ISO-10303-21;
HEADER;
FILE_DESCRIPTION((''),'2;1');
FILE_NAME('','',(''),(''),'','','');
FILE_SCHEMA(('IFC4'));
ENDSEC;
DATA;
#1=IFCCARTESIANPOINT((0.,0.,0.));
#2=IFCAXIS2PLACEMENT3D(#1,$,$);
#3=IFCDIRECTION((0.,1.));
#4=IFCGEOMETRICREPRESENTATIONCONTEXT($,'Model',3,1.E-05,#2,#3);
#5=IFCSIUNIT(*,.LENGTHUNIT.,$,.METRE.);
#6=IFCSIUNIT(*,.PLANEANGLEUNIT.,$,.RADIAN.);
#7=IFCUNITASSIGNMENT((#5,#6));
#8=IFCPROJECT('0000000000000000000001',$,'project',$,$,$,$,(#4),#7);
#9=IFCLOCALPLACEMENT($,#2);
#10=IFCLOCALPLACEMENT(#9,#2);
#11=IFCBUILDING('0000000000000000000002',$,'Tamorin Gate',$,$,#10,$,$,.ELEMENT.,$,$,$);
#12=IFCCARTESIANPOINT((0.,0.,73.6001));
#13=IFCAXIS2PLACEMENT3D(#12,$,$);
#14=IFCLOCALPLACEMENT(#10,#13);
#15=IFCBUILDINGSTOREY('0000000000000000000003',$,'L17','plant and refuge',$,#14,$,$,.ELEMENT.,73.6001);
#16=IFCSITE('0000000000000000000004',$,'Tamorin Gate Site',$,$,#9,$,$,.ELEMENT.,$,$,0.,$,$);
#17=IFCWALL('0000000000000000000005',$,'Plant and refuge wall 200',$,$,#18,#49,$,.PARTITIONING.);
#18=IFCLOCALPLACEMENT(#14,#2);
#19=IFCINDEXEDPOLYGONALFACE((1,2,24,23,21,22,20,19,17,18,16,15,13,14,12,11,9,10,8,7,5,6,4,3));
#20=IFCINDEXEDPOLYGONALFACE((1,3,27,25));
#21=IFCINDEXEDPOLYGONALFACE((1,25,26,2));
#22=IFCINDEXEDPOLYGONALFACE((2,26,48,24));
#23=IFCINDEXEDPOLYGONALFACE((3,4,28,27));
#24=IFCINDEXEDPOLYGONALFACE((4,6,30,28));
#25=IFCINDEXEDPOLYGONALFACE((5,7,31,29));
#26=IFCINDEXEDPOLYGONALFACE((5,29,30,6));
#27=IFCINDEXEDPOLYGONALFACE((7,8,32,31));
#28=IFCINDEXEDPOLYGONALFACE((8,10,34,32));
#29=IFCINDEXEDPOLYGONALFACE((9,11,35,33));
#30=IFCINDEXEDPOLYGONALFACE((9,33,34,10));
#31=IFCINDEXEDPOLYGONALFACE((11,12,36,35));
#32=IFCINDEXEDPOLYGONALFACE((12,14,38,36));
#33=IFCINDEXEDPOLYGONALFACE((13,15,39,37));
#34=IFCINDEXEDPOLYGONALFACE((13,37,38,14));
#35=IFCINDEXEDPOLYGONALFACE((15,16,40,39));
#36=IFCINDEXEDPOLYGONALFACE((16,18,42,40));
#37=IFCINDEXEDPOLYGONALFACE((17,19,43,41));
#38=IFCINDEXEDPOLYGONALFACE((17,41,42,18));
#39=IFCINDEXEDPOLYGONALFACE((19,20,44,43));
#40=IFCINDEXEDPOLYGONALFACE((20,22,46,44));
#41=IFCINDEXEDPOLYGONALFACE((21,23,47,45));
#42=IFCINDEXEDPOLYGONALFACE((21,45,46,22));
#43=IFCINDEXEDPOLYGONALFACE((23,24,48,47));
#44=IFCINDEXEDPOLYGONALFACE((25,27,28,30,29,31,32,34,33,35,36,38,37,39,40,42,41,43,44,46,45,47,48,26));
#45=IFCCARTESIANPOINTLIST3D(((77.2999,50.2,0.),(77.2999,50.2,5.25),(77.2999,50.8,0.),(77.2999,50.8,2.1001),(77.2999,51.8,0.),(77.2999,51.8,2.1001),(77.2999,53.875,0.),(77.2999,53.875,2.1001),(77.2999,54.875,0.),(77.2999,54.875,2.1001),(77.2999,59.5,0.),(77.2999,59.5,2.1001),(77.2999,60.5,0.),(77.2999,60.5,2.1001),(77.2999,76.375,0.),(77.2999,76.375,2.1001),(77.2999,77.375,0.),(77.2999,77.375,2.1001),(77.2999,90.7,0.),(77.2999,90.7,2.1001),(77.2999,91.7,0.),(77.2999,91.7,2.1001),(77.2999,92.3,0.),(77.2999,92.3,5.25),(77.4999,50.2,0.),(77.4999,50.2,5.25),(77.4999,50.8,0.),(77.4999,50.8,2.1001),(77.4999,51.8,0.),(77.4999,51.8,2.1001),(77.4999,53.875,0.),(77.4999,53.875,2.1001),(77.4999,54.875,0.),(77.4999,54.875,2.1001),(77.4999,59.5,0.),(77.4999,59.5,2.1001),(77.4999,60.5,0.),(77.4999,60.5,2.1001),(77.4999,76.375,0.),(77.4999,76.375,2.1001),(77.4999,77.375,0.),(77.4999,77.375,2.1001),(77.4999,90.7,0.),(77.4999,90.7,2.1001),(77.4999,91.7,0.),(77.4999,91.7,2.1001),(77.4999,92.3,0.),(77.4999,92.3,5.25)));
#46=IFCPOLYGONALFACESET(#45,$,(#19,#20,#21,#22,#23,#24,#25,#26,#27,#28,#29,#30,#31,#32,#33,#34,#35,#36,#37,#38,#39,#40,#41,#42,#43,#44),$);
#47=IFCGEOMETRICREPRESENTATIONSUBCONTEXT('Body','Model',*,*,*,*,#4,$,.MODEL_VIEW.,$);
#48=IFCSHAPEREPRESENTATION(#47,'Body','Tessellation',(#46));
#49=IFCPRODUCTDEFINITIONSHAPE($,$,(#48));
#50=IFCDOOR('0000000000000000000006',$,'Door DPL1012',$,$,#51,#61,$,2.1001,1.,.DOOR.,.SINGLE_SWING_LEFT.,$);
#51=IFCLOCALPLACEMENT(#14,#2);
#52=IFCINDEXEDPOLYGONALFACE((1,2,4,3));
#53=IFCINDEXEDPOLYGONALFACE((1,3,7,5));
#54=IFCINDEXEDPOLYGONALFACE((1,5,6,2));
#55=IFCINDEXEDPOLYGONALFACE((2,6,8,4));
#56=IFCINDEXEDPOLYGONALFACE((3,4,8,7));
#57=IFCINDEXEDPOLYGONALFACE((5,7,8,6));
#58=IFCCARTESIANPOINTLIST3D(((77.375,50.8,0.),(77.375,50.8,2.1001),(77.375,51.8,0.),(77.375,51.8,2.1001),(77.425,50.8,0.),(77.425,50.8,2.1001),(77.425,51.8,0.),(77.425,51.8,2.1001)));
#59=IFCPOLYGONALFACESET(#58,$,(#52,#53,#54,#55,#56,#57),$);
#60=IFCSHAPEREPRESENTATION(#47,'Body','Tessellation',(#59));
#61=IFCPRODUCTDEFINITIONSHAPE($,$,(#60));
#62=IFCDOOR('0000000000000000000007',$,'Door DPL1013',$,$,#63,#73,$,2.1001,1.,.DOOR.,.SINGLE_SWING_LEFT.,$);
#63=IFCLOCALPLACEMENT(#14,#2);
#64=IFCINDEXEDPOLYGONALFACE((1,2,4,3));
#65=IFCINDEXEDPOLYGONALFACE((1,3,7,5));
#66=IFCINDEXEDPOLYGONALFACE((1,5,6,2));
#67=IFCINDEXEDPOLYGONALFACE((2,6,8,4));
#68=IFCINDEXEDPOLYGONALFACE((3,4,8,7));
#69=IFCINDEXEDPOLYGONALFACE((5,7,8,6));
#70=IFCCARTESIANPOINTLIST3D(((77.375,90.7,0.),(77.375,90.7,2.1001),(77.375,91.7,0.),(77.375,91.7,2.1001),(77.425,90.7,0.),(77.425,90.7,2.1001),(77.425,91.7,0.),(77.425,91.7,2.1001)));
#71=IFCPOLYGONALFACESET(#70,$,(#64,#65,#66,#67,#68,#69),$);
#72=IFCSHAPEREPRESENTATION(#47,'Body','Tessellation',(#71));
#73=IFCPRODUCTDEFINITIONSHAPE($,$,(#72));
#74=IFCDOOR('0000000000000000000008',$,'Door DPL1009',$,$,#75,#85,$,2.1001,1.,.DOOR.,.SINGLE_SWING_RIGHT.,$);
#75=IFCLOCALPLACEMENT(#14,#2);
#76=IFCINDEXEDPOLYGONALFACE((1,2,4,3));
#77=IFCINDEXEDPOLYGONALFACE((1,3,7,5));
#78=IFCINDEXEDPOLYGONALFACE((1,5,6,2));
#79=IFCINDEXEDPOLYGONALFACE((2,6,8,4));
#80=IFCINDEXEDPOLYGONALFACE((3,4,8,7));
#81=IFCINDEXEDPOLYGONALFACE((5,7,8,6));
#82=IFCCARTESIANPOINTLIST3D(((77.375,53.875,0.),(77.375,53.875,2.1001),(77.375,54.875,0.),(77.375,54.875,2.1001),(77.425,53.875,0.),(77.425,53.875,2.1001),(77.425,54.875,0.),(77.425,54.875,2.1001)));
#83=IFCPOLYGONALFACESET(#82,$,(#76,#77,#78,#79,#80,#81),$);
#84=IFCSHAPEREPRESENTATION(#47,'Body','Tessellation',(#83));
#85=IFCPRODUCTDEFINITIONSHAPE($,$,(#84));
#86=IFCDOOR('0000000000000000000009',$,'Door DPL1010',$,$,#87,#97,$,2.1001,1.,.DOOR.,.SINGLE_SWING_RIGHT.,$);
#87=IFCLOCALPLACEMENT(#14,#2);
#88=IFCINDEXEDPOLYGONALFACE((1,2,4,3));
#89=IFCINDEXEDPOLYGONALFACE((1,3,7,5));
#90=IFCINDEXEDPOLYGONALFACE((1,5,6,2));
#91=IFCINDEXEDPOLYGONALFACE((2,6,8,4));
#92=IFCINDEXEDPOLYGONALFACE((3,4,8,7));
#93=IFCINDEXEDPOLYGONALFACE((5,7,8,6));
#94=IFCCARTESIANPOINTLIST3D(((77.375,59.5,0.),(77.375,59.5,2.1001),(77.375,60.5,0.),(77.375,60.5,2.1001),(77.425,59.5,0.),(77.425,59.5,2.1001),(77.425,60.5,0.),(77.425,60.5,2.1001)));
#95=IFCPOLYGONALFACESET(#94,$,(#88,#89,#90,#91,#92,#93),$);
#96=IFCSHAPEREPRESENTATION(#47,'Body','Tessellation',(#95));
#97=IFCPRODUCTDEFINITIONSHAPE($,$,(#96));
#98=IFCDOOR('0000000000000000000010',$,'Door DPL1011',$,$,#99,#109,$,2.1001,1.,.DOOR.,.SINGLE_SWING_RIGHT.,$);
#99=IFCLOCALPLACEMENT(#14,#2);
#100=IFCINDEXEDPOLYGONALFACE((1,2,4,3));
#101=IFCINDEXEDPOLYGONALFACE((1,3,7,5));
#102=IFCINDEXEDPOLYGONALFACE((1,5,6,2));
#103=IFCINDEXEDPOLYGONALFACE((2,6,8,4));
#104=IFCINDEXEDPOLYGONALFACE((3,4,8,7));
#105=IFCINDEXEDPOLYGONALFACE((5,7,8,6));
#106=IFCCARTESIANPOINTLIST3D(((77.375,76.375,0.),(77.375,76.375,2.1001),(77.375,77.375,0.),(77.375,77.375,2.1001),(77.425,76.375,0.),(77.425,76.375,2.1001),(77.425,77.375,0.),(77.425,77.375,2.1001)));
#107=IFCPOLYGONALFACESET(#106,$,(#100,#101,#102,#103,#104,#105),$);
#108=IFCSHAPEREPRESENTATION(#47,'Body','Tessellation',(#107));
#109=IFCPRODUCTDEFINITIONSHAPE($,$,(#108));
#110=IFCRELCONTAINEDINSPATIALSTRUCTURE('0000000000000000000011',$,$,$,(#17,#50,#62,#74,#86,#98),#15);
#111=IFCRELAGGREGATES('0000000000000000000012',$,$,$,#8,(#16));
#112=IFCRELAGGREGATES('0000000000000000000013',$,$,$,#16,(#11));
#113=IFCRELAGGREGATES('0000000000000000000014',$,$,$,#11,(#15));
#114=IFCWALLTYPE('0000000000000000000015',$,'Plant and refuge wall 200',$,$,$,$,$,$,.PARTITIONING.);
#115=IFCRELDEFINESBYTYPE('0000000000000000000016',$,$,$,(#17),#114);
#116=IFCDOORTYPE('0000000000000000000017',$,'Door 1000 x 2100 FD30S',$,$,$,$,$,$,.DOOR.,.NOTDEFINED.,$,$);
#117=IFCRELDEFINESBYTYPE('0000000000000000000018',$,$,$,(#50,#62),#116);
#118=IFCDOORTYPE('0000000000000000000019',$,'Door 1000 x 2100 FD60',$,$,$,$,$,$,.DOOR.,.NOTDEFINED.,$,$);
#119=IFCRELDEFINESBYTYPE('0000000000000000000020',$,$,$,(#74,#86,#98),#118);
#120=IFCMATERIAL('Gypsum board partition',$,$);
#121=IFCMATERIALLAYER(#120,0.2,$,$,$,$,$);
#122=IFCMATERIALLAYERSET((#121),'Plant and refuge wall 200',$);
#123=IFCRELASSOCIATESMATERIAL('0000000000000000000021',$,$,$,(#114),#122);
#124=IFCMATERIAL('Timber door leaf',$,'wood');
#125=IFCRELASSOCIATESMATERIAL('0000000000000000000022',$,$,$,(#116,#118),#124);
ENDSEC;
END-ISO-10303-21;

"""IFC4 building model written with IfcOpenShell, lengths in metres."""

from ifc_helpers import new_model, si_unit, direction, frame, frame_2d, origin, place, context, subcontext, project, spatial, rectangle, extrude, material, layer, layer_set, type_object, element, fill, save


model = new_model("IFC4")

# Units and contexts
model_context = context("Model", 3, precision=1e-05, world=origin(), true_north=direction((0.0, 1.0)))
body_context = subcontext(model_context, "Body", "Model", "MODEL_VIEW")
ifc_project = project(units=[si_unit("LENGTHUNIT", "METRE"), si_unit("PLANEANGLEUNIT", "RADIAN")], contexts=[model_context])

# Site, building, storey
site_placement = place(None, origin())
site = spatial("IfcSite", under=ifc_project, at=site_placement, Name="Tamorin Gate Site", CompositionType="ELEMENT", RefElevation=0.0)
building_placement = place(site_placement, origin())
building = spatial("IfcBuilding", under=site, at=building_placement, Name="Tamorin Gate", CompositionType="ELEMENT")
storey_placement = place(building_placement, frame((0.0, 0.0, 73.6001)))
storey = spatial("IfcBuildingStorey", under=building, at=storey_placement, Name="L17", Description="plant and refuge", CompositionType="ELEMENT", Elevation=73.6001)

# Shared definitions
ifc_material_1 = material(Name="Gypsum board partition")
ifc_layer = layer(ifc_material_1, 0.2)
ifc_layer_set = layer_set([ifc_layer], Name="Plant and refuge wall 200")
wall_type = type_object("IfcWallType", Name="Plant and refuge wall 200", PredefinedType="PARTITIONING", material=ifc_layer_set)

# Shared definitions
ifc_material_2 = material(Name="Timber door leaf", Category="wood")

# Wall, openings, doors
wall_1_placement = place(storey_placement, frame((77.3999, 50.2, 0.0), z_axis=(0.0, 0.0, 1.0), x_axis=(0.0, 1.0, 0.0)))
wall_1 = element("IfcWall", 1, at=wall_1_placement, inside=storey, type_object=wall_type, Name="Plant and refuge wall 200", PredefinedType="PARTITIONING", context=body_context, shape_type="SweptSolid", body=[
    extrude(rectangle(XDim=42.1001, YDim=0.2, at=frame_2d((21.05, 0.0))), origin(), (0.0, 0.0, 1.0), 5.25),
])
opening_1_placement = place(wall_1_placement, frame((3.675, 0.0, 0.0)))
opening_1 = element("IfcOpeningElement", 2, at=opening_1_placement, cuts=wall_1, PredefinedType="OPENING", context=body_context, shape_type="SweptSolid", body=[
    extrude(rectangle(XDim=1.0, YDim=2.1001, at=frame_2d((0.5, 1.05))), frame((0.0, 0.1099, 0.0), z_axis=(0.0, -1.0, 0.0), x_axis=(1.0, 0.0, 0.0)), (0.0, 0.0, 1.0), 0.22),
])
opening_2_placement = place(wall_1_placement, frame((9.3, 0.0, 0.0)))
opening_2 = element("IfcOpeningElement", 3, at=opening_2_placement, cuts=wall_1, PredefinedType="OPENING", context=body_context, shape_type="SweptSolid", body=[
    extrude(rectangle(XDim=1.0, YDim=2.1001, at=frame_2d((0.5, 1.05))), frame((0.0, 0.1099, 0.0), z_axis=(0.0, -1.0, 0.0), x_axis=(1.0, 0.0, 0.0)), (0.0, 0.0, 1.0), 0.22),
])
opening_3_placement = place(wall_1_placement, frame((26.175, 0.0, 0.0)))
opening_3 = element("IfcOpeningElement", 4, at=opening_3_placement, cuts=wall_1, PredefinedType="OPENING", context=body_context, shape_type="SweptSolid", body=[
    extrude(rectangle(XDim=1.0, YDim=2.1001, at=frame_2d((0.5, 1.05))), frame((0.0, 0.1099, 0.0), z_axis=(0.0, -1.0, 0.0), x_axis=(1.0, 0.0, 0.0)), (0.0, 0.0, 1.0), 0.22),
])
opening_4_placement = place(wall_1_placement, frame((0.6001, 0.0, 0.0)))
opening_4 = element("IfcOpeningElement", 5, at=opening_4_placement, cuts=wall_1, PredefinedType="OPENING", context=body_context, shape_type="SweptSolid", body=[
    extrude(rectangle(XDim=1.0, YDim=2.1001, at=frame_2d((0.5, 1.05))), frame((0.0, 0.1099, 0.0), z_axis=(0.0, -1.0, 0.0), x_axis=(1.0, 0.0, 0.0)), (0.0, 0.0, 1.0), 0.22),
])
opening_5_placement = place(wall_1_placement, frame((40.5, 0.0, 0.0)))
opening_5 = element("IfcOpeningElement", 6, at=opening_5_placement, cuts=wall_1, PredefinedType="OPENING", context=body_context, shape_type="SweptSolid", body=[
    extrude(rectangle(XDim=1.0, YDim=2.1001, at=frame_2d((0.5, 1.05))), frame((0.0, 0.1099, 0.0), z_axis=(0.0, -1.0, 0.0), x_axis=(1.0, 0.0, 0.0)), (0.0, 0.0, 1.0), 0.22),
])
door_type_1 = type_object("IfcDoorType", Name="Door 1000 x 2100 FD30S", OperationType="NOTDEFINED", PredefinedType="DOOR", material=ifc_material_2)
door_1_placement = place(opening_4_placement, origin())
door_1 = element("IfcDoor", 7, at=door_1_placement, inside=storey, type_object=door_type_1, Name="Door DPL1012", OperationType="SINGLE_SWING_LEFT", OverallHeight=2.1001, OverallWidth=1.0, PredefinedType="DOOR", context=body_context, shape_type="SweptSolid", body=[
    extrude(rectangle(XDim=1.0, YDim=2.1001, at=frame_2d((0.5, 1.05))), frame((0.0, 0.0249, 0.0), z_axis=(0.0, -1.0, 0.0), x_axis=(1.0, 0.0, 0.0)), (0.0, 0.0, 1.0), 0.05),
])
fill(opening_4, door_1)
door_2_placement = place(opening_5_placement, origin())
door_2 = element("IfcDoor", 8, at=door_2_placement, inside=storey, type_object=door_type_1, Name="Door DPL1013", OperationType="SINGLE_SWING_LEFT", OverallHeight=2.1001, OverallWidth=1.0, PredefinedType="DOOR", context=body_context, shape_type="SweptSolid", body=[
    extrude(rectangle(XDim=1.0, YDim=2.1001, at=frame_2d((0.5, 1.05))), frame((0.0, 0.0249, 0.0), z_axis=(0.0, -1.0, 0.0), x_axis=(1.0, 0.0, 0.0)), (0.0, 0.0, 1.0), 0.05),
])
fill(opening_5, door_2)
door_type_2 = type_object("IfcDoorType", Name="Door 1000 x 2100 FD60", OperationType="NOTDEFINED", PredefinedType="DOOR", material=ifc_material_2)
door_3_placement = place(opening_1_placement, origin())
door_3 = element("IfcDoor", 9, at=door_3_placement, inside=storey, type_object=door_type_2, Name="Door DPL1009", OperationType="SINGLE_SWING_RIGHT", OverallHeight=2.1001, OverallWidth=1.0, PredefinedType="DOOR", context=body_context, shape_type="SweptSolid", body=[
    extrude(rectangle(XDim=1.0, YDim=2.1001, at=frame_2d((0.5, 1.05))), frame((0.0, 0.0249, 0.0), z_axis=(0.0, -1.0, 0.0), x_axis=(1.0, 0.0, 0.0)), (0.0, 0.0, 1.0), 0.05),
])
fill(opening_1, door_3)
door_4_placement = place(opening_2_placement, origin())
door_4 = element("IfcDoor", 10, at=door_4_placement, inside=storey, type_object=door_type_2, Name="Door DPL1010", OperationType="SINGLE_SWING_RIGHT", OverallHeight=2.1001, OverallWidth=1.0, PredefinedType="DOOR", context=body_context, shape_type="SweptSolid", body=[
    extrude(rectangle(XDim=1.0, YDim=2.1001, at=frame_2d((0.5, 1.05))), frame((0.0, 0.0249, 0.0), z_axis=(0.0, -1.0, 0.0), x_axis=(1.0, 0.0, 0.0)), (0.0, 0.0, 1.0), 0.05),
])
fill(opening_2, door_4)
door_5_placement = place(opening_3_placement, origin())
door_5 = element("IfcDoor", 11, at=door_5_placement, inside=storey, type_object=door_type_2, Name="Door DPL1011", OperationType="SINGLE_SWING_RIGHT", OverallHeight=2.1001, OverallWidth=1.0, PredefinedType="DOOR", context=body_context, shape_type="SweptSolid", body=[
    extrude(rectangle(XDim=1.0, YDim=2.1001, at=frame_2d((0.5, 1.05))), frame((0.0, 0.0249, 0.0), z_axis=(0.0, -1.0, 0.0), x_axis=(1.0, 0.0, 0.0)), (0.0, 0.0, 1.0), 0.05),
])
fill(opening_3, door_5)

save(model, "model.ifc")
